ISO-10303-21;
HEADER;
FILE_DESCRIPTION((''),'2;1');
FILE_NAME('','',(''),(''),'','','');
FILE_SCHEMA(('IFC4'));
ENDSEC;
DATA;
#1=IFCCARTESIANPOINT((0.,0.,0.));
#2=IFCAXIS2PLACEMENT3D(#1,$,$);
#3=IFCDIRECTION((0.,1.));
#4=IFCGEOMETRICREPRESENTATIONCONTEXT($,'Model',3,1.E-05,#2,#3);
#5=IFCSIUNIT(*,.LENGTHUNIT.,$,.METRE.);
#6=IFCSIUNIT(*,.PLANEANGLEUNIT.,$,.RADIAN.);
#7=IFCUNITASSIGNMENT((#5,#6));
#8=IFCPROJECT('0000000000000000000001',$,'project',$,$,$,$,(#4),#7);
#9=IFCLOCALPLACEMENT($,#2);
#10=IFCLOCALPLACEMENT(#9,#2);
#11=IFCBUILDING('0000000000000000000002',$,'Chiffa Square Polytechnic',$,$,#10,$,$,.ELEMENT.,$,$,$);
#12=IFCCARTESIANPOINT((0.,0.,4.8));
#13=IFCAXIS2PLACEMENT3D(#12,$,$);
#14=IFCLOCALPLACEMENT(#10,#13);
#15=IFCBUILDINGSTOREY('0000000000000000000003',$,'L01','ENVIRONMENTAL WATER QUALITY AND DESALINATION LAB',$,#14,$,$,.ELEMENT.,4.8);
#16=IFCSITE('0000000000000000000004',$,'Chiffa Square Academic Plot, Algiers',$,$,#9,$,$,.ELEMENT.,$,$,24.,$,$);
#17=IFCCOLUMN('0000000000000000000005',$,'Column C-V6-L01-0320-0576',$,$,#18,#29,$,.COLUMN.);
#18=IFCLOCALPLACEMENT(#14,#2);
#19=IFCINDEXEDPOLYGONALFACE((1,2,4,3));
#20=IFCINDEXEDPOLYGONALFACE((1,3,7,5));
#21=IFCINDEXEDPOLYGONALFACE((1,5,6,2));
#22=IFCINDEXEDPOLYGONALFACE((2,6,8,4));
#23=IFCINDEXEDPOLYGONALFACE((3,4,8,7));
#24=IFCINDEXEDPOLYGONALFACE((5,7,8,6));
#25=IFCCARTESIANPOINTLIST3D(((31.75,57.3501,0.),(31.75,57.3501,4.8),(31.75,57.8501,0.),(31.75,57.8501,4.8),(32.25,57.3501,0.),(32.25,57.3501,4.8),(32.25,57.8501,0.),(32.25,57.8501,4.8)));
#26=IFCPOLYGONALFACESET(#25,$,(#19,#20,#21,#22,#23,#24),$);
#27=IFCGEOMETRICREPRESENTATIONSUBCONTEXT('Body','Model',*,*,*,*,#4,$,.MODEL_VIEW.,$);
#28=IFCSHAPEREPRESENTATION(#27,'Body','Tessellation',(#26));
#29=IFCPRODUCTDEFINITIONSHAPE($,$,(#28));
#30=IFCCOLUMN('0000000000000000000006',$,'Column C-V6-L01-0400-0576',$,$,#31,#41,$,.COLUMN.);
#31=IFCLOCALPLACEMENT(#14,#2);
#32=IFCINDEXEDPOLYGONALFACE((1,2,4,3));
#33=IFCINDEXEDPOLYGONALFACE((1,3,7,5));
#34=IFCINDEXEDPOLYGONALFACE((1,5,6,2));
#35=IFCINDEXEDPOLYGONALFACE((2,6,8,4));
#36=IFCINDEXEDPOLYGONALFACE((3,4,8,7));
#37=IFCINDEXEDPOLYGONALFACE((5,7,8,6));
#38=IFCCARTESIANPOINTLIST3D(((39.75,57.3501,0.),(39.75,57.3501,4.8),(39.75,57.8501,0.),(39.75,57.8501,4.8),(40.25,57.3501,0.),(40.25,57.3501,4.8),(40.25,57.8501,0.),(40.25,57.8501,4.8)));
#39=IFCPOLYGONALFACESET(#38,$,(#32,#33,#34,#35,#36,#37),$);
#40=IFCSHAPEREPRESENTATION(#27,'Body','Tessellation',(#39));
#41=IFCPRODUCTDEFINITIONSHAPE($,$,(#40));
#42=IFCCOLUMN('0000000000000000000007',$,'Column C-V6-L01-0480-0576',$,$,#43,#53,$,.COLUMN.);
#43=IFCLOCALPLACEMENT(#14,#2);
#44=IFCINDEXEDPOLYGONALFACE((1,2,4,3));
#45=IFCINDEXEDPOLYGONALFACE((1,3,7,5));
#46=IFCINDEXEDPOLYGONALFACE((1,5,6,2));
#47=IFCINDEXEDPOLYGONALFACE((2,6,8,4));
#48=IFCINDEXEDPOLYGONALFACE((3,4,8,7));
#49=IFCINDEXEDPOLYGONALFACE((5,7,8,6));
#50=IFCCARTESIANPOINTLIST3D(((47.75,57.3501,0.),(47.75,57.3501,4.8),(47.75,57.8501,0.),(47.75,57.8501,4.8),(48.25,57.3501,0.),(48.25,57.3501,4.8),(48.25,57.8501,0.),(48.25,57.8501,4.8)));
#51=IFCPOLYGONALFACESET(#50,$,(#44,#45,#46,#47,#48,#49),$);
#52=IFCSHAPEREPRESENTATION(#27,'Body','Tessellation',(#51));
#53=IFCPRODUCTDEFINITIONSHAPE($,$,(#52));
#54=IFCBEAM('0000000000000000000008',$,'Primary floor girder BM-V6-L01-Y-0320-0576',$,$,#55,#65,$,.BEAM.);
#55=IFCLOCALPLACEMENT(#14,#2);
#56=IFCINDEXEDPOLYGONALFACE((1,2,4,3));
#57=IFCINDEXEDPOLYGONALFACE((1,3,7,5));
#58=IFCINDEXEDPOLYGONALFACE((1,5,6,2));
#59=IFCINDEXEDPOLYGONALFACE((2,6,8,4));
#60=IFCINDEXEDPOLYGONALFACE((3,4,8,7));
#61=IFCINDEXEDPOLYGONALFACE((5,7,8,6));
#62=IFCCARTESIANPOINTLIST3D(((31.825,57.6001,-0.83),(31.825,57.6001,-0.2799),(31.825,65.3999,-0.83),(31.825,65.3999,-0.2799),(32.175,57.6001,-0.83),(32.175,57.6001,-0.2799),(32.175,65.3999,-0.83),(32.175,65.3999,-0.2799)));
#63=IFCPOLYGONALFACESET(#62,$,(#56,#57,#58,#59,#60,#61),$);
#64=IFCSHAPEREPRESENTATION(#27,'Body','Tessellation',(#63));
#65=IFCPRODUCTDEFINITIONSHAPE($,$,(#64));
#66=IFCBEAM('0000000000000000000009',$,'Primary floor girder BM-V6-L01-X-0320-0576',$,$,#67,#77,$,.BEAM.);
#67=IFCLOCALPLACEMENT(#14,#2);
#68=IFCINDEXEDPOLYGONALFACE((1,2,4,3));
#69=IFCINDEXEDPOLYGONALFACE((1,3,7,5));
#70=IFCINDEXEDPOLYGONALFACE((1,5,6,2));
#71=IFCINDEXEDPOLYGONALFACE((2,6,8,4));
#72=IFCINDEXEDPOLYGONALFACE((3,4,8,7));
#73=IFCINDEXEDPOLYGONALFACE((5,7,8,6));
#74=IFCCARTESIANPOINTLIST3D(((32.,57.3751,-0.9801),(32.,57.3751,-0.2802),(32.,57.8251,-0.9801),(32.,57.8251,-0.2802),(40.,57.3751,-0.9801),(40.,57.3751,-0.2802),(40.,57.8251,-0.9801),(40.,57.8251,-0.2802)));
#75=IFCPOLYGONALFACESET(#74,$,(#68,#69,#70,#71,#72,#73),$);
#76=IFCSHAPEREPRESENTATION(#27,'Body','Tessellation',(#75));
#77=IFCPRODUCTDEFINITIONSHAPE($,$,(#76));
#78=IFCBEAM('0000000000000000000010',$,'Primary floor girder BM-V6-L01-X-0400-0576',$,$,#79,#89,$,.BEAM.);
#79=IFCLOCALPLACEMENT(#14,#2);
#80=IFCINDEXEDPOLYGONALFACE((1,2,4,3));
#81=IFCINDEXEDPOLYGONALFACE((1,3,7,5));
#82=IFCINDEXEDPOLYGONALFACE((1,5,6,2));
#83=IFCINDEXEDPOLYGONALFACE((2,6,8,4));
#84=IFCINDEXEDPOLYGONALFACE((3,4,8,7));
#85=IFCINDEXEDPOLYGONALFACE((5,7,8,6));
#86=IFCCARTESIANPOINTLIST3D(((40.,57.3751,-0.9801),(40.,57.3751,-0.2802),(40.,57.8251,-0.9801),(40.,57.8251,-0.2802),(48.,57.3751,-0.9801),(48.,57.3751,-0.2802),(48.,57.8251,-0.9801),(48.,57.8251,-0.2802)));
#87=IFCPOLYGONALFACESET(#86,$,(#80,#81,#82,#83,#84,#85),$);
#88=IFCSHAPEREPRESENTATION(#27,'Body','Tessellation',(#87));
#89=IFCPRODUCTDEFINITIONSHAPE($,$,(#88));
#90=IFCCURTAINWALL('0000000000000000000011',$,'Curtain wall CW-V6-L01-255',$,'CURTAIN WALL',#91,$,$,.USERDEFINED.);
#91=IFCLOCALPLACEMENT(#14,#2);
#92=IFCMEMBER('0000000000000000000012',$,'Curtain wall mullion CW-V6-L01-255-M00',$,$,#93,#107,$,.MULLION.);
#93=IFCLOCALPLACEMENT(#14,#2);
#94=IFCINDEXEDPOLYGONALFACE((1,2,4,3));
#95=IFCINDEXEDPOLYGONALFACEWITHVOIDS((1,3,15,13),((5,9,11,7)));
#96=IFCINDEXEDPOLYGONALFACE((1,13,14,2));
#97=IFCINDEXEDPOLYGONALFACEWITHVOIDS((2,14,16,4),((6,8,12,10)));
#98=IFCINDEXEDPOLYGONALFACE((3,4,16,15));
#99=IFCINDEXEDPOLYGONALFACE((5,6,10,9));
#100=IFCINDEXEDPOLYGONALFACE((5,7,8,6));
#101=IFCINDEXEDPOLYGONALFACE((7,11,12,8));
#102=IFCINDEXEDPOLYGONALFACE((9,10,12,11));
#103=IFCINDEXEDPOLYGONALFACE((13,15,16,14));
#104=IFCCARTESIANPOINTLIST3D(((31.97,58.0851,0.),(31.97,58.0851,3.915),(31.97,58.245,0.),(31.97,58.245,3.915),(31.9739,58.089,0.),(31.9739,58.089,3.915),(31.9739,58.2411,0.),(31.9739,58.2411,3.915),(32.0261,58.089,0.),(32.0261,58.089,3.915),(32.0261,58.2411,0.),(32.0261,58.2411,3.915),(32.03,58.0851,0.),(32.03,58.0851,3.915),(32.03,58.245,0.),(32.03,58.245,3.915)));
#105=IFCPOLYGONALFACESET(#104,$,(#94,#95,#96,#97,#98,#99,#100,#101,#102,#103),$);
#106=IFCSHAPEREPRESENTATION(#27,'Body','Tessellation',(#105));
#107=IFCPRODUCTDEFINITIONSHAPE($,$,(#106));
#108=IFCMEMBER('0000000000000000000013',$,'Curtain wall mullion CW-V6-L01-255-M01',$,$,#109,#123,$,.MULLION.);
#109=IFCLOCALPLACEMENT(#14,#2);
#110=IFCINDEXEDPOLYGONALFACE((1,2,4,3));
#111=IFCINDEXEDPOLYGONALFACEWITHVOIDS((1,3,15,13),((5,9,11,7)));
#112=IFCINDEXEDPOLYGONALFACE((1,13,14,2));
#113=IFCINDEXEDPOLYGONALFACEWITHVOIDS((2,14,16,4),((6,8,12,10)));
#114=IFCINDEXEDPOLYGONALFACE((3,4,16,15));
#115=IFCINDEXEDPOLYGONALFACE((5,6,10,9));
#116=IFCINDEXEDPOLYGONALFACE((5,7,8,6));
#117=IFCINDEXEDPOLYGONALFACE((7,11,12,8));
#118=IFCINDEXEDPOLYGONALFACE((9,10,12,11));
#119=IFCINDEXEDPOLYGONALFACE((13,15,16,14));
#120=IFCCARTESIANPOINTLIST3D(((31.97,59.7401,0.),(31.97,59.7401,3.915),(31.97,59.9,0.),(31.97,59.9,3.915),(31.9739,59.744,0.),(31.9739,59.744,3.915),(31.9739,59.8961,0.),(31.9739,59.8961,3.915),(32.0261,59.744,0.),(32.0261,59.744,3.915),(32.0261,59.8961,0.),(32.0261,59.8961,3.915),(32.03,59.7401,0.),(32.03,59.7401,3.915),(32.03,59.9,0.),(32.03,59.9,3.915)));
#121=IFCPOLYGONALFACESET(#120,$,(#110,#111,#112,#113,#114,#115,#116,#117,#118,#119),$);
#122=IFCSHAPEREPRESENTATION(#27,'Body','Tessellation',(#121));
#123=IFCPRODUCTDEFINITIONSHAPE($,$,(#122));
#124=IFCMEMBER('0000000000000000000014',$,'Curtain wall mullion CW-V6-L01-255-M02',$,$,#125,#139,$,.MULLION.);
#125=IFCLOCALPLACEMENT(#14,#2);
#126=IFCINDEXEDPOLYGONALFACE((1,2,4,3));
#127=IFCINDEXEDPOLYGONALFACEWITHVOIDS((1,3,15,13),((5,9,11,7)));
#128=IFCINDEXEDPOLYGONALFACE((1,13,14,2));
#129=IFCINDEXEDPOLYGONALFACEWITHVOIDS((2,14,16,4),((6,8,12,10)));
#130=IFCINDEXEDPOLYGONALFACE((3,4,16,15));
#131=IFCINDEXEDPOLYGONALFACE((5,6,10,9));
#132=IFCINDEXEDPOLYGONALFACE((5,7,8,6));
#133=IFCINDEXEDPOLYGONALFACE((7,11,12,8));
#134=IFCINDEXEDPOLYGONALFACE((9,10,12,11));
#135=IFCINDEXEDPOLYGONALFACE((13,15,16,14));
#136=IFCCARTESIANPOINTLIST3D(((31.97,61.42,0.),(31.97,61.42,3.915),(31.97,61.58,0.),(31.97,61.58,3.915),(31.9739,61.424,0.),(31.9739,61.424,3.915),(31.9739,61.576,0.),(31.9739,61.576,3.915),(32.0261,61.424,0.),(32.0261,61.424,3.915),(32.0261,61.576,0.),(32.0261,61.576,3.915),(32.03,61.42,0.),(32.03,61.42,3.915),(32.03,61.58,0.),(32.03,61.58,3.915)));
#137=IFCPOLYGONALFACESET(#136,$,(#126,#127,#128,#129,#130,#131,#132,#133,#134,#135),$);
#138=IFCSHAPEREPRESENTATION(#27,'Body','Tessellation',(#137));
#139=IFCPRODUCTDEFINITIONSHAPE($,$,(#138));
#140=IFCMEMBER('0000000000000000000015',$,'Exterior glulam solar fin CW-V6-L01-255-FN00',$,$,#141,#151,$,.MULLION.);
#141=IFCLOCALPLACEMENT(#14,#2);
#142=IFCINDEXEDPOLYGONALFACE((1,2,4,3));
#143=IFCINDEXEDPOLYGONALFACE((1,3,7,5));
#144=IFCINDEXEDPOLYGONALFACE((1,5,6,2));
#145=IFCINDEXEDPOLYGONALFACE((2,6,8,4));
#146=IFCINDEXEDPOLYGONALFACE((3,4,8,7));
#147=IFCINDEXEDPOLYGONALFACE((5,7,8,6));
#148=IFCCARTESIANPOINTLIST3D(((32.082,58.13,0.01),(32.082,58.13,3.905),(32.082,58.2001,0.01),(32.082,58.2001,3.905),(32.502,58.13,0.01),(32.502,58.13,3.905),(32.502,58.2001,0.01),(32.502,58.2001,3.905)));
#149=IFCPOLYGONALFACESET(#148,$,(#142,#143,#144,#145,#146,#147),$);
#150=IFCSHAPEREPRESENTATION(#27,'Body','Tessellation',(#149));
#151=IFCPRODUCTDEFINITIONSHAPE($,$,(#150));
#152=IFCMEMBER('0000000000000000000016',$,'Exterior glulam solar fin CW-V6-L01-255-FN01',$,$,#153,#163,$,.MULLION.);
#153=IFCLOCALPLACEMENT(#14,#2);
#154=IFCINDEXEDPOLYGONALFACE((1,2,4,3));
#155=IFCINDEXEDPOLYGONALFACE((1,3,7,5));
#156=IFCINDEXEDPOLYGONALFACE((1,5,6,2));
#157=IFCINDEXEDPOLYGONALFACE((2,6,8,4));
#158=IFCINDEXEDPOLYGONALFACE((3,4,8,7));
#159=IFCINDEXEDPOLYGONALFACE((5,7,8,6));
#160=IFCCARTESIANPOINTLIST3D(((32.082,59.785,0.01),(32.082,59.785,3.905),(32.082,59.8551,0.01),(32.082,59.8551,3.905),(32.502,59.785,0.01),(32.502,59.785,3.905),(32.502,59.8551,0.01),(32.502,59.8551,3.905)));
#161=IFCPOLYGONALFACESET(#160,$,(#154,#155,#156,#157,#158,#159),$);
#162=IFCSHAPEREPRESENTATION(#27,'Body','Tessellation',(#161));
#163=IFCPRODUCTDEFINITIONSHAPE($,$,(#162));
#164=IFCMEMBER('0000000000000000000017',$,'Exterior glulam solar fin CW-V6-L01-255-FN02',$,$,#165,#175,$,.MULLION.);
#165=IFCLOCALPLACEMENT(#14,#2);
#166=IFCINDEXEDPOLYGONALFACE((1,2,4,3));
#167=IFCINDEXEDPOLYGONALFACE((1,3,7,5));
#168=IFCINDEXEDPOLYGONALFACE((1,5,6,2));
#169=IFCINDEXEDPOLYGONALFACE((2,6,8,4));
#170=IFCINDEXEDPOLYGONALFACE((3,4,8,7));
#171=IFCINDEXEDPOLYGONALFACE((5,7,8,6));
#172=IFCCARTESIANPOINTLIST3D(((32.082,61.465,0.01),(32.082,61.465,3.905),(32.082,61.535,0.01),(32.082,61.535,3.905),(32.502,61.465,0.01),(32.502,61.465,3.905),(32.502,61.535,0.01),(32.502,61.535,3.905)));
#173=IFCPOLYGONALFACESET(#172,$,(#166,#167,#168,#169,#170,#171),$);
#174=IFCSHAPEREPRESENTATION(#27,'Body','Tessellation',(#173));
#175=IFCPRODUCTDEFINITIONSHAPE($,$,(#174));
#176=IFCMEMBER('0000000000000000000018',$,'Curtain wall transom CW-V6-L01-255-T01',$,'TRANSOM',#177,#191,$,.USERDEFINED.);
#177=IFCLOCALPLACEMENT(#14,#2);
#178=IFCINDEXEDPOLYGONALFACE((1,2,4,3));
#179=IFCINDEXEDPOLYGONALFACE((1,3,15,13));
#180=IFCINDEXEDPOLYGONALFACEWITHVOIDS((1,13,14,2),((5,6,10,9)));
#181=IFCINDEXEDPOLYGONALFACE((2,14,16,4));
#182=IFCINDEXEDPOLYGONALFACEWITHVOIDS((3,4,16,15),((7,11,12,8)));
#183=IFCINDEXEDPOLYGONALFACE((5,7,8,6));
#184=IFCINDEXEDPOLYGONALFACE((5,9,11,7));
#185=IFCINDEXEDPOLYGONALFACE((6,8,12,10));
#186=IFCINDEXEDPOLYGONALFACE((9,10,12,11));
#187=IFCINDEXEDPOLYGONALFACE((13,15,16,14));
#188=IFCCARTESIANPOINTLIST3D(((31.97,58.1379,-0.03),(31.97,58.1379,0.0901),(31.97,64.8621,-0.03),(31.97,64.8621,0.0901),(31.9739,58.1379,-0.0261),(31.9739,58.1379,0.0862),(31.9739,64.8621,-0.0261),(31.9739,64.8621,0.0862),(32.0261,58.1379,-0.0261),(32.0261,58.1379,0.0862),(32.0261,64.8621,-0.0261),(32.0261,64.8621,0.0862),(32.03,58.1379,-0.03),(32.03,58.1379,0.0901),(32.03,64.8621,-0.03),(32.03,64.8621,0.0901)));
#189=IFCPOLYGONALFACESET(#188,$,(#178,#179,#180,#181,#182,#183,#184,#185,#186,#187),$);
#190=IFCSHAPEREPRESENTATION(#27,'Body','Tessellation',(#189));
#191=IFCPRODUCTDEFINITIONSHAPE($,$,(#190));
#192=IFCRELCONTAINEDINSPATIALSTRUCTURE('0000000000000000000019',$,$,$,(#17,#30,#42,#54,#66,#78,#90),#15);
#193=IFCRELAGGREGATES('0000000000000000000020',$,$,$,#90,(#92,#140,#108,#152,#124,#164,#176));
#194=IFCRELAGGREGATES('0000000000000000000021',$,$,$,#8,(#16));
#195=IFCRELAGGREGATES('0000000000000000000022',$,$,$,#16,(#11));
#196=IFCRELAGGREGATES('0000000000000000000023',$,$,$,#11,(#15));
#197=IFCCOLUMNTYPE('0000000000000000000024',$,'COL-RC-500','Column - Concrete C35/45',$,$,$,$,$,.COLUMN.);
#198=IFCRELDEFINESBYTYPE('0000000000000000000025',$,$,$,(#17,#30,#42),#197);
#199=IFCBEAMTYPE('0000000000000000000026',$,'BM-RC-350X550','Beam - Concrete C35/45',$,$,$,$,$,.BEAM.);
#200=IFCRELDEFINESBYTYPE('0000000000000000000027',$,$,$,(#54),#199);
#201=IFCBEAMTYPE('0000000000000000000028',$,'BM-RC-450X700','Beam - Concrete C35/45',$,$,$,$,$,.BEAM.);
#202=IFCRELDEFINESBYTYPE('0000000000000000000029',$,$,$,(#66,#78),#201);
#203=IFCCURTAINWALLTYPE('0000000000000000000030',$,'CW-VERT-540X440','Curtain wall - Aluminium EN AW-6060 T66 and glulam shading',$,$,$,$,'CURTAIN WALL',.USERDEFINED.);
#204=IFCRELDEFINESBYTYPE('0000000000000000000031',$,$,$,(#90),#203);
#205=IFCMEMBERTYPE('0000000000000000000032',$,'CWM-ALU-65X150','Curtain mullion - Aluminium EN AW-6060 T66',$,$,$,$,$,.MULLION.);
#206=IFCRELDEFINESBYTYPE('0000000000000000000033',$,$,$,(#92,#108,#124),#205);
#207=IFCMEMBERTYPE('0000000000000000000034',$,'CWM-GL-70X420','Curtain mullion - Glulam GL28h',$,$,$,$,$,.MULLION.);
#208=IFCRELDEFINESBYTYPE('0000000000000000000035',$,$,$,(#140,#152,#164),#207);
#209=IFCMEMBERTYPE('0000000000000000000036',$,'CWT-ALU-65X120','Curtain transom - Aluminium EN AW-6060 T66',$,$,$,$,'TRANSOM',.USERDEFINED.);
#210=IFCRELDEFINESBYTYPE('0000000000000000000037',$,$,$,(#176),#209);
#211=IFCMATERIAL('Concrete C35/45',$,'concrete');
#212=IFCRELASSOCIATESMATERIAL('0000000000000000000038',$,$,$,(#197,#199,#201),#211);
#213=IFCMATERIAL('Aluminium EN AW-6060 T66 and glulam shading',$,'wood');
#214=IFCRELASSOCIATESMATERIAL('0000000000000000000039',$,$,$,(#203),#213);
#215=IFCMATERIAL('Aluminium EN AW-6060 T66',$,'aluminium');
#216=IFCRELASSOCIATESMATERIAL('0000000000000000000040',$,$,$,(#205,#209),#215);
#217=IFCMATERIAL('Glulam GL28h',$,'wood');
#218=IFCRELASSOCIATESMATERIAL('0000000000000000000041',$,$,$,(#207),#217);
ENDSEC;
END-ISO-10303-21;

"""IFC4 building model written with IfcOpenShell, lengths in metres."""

from ifc_helpers import new_model, si_unit, direction, frame, origin, origin_2d, place, context, subcontext, project, spatial, rectangle, hollow_rectangle, extrude, material, material_profile, profile_set, type_object, element, aggregate, save


model = new_model("IFC4")

# Units and contexts
model_context = context("Model", 3, precision=1e-05, world=origin(), true_north=direction((0.0, 1.0)))
body_context = subcontext(model_context, "Body", "Model", "MODEL_VIEW")
ifc_project = project(units=[si_unit("LENGTHUNIT", "METRE"), si_unit("PLANEANGLEUNIT", "RADIAN")], contexts=[model_context])

# Site, building, storey
site_placement = place(None, origin())
site = spatial("IfcSite", under=ifc_project, at=site_placement, Name="Chiffa Square Academic Plot, Algiers", CompositionType="ELEMENT", RefElevation=24.0)
building_placement = place(site_placement, origin())
building = spatial("IfcBuilding", under=site, at=building_placement, Name="Chiffa Square Polytechnic", CompositionType="ELEMENT")
storey_placement = place(building_placement, frame((0.0, 0.0, 4.8)))
storey = spatial("IfcBuildingStorey", under=building, at=storey_placement, Name="L01", Description="ENVIRONMENTAL WATER QUALITY AND DESALINATION LAB", CompositionType="ELEMENT", Elevation=4.8)

# Columns
ifc_material_1 = material(Name="Concrete C35/45", Category="concrete")
ifc_material_profile_1 = material_profile(ifc_material_1, rectangle(XDim=0.5, YDim=0.5, at=origin_2d()), Name="RC 500x500")
ifc_profile_set_1 = profile_set([ifc_material_profile_1], Name="Concrete C35/45")
column_type = type_object("IfcColumnType", Name="COL-RC-500", Description="Column - Concrete C35/45", PredefinedType="COLUMN", material=ifc_profile_set_1)
for number, where, z_axis, x_axis, name in (
    (1, (32.0, 57.6001, 0.0), (0.0, 0.0, 1.0), (1.0, 0.0, 0.0), "Column C-V6-L01-0320-0576"),
    (2, (40.0, 57.6001, 0.0), (0.0, 0.0, 1.0), (1.0, 0.0, 0.0), "Column C-V6-L01-0400-0576"),
    (3, (48.0, 57.6001, 0.0), (0.0, 0.0, 1.0), (1.0, 0.0, 0.0), "Column C-V6-L01-0480-0576"),
):
    element("IfcColumn", number, at=place(storey_placement, frame(where, z_axis=z_axis, x_axis=x_axis)), inside=storey, type_object=column_type, Name=name, PredefinedType="COLUMN", context=body_context, shape_type="SweptSolid", body=[
        extrude(rectangle(XDim=0.5, YDim=0.5, at=origin_2d()), origin(), (0.0, 0.0, 1.0), 4.8),
    ])

# Beams
ifc_material_profile_2 = material_profile(ifc_material_1, rectangle(XDim=0.3501, YDim=0.55, at=origin_2d()), Name="RC 350x550")
ifc_profile_set_2 = profile_set([ifc_material_profile_2], Name="Concrete C35/45")
beam_type_1 = type_object("IfcBeamType", Name="BM-RC-350X550", Description="Beam - Concrete C35/45", PredefinedType="BEAM", material=ifc_profile_set_2)
beam_placement = place(storey_placement, frame((32.0, 57.6001, -0.5549), z_axis=(0.0, 1.0, 0.0), x_axis=(-1.0, 0.0, 0.0)))
element("IfcBeam", 4, at=beam_placement, inside=storey, type_object=beam_type_1, Name="Primary floor girder BM-V6-L01-Y-0320-0576", PredefinedType="BEAM", context=body_context, shape_type="SweptSolid", body=[
    extrude(rectangle(XDim=0.3501, YDim=0.55, at=origin_2d()), origin(), (0.0, 0.0, 1.0), 7.7998),
])
ifc_material_profile_3 = material_profile(ifc_material_1, rectangle(XDim=0.45, YDim=0.7, at=origin_2d()), Name="RC 450x700")
ifc_profile_set_3 = profile_set([ifc_material_profile_3], Name="Concrete C35/45")
beam_type_2 = type_object("IfcBeamType", Name="BM-RC-450X700", Description="Beam - Concrete C35/45", PredefinedType="BEAM", material=ifc_profile_set_3)
for number, where, z_axis, x_axis, name in (
    (5, (32.0, 57.6001, -0.6301), (1.0, 0.0, 0.0), (0.0, 1.0, 0.0), "Primary floor girder BM-V6-L01-X-0320-0576"),
    (6, (40.0, 57.6001, -0.6301), (1.0, 0.0, 0.0), (0.0, 1.0, 0.0), "Primary floor girder BM-V6-L01-X-0400-0576"),
):
    element("IfcBeam", number, at=place(storey_placement, frame(where, z_axis=z_axis, x_axis=x_axis)), inside=storey, type_object=beam_type_2, Name=name, PredefinedType="BEAM", context=body_context, shape_type="SweptSolid", body=[
        extrude(rectangle(XDim=0.45, YDim=0.7, at=origin_2d()), origin(), (0.0, 0.0, 1.0), 8.0),
    ])

# Curtain wall, members
ifc_material_2 = material(Name="Aluminium EN AW-6060 T66 and glulam shading", Category="wood")
curtain_wall_type = type_object("IfcCurtainWallType", Name="CW-VERT-540X440", Description="Curtain wall - Aluminium EN AW-6060 T66 and glulam shading", ElementType="CURTAIN WALL", PredefinedType="USERDEFINED", material=ifc_material_2)
curtain_wall_placement = place(storey_placement, origin())
curtain_wall = element("IfcCurtainWall", 7, at=curtain_wall_placement, inside=storey, type_object=curtain_wall_type, Name="Curtain wall CW-V6-L01-255", ObjectType="CURTAIN WALL", PredefinedType="USERDEFINED")
ifc_material_3 = material(Name="Aluminium EN AW-6060 T66", Category="aluminium")
ifc_material_profile_4 = material_profile(ifc_material_3, hollow_rectangle(XDim=0.0601, YDim=0.1599, WallThickness=0.0039, at=origin_2d()), Name="ALU 60x160x4")
ifc_profile_set_4 = profile_set([ifc_material_profile_4], Name="Aluminium EN AW-6060 T66")
member_type_1 = type_object("IfcMemberType", Name="CWM-ALU-65X150", Description="Curtain mullion - Aluminium EN AW-6060 T66", PredefinedType="MULLION", material=ifc_profile_set_4)
member_1_placement = place(storey_placement, frame((32.0, 58.165, 0.0), z_axis=(0.0, 0.0, 1.0), x_axis=(1.0, 0.0, 0.0)))
member_1 = element("IfcMember", 8, at=member_1_placement, type_object=member_type_1, Name="Curtain wall mullion CW-V6-L01-255-M00", PredefinedType="MULLION", context=body_context, shape_type="SweptSolid", body=[
    extrude(hollow_rectangle(XDim=0.0601, YDim=0.1599, WallThickness=0.0039, at=origin_2d()), origin(), (0.0, 0.0, 1.0), 3.915),
])
member_2_placement = place(storey_placement, frame((32.0, 59.8201, 0.0), z_axis=(0.0, 0.0, 1.0), x_axis=(1.0, 0.0, 0.0)))
member_2 = element("IfcMember", 9, at=member_2_placement, type_object=member_type_1, Name="Curtain wall mullion CW-V6-L01-255-M01", PredefinedType="MULLION", context=body_context, shape_type="SweptSolid", body=[
    extrude(hollow_rectangle(XDim=0.0601, YDim=0.1599, WallThickness=0.0039, at=origin_2d()), origin(), (0.0, 0.0, 1.0), 3.915),
])
member_3_placement = place(storey_placement, frame((32.0, 61.5, 0.0), z_axis=(0.0, 0.0, 1.0), x_axis=(1.0, 0.0, 0.0)))
member_3 = element("IfcMember", 10, at=member_3_placement, type_object=member_type_1, Name="Curtain wall mullion CW-V6-L01-255-M02", PredefinedType="MULLION", context=body_context, shape_type="SweptSolid", body=[
    extrude(hollow_rectangle(XDim=0.0601, YDim=0.1599, WallThickness=0.0039, at=origin_2d()), origin(), (0.0, 0.0, 1.0), 3.915),
])
ifc_material_4 = material(Name="Glulam GL28h", Category="wood")
ifc_material_profile_5 = material_profile(ifc_material_4, rectangle(XDim=0.0701, YDim=0.4199, at=origin_2d()), Name="GL28h 70x420")
ifc_profile_set_5 = profile_set([ifc_material_profile_5], Name="Glulam GL28h")
member_type_2 = type_object("IfcMemberType", Name="CWM-GL-70X420", Description="Curtain mullion - Glulam GL28h", PredefinedType="MULLION", material=ifc_profile_set_5)
member_4_placement = place(storey_placement, frame((32.292, 58.165, 0.01), z_axis=(0.0, 0.0, 1.0), x_axis=(0.0, 1.0, 0.0)))
member_4 = element("IfcMember", 11, at=member_4_placement, type_object=member_type_2, Name="Exterior glulam solar fin CW-V6-L01-255-FN00", PredefinedType="MULLION", context=body_context, shape_type="SweptSolid", body=[
    extrude(rectangle(XDim=0.0701, YDim=0.4199, at=origin_2d()), origin(), (0.0, 0.0, 1.0), 3.895),
])
member_5_placement = place(storey_placement, frame((32.292, 59.8201, 0.01), z_axis=(0.0, 0.0, 1.0), x_axis=(0.0, 1.0, 0.0)))
member_5 = element("IfcMember", 12, at=member_5_placement, type_object=member_type_2, Name="Exterior glulam solar fin CW-V6-L01-255-FN01", PredefinedType="MULLION", context=body_context, shape_type="SweptSolid", body=[
    extrude(rectangle(XDim=0.0701, YDim=0.4199, at=origin_2d()), origin(), (0.0, 0.0, 1.0), 3.895),
])
member_6_placement = place(storey_placement, frame((32.292, 61.5, 0.01), z_axis=(0.0, 0.0, 1.0), x_axis=(0.0, 1.0, 0.0)))
member_6 = element("IfcMember", 13, at=member_6_placement, type_object=member_type_2, Name="Exterior glulam solar fin CW-V6-L01-255-FN02", PredefinedType="MULLION", context=body_context, shape_type="SweptSolid", body=[
    extrude(rectangle(XDim=0.0701, YDim=0.4199, at=origin_2d()), origin(), (0.0, 0.0, 1.0), 3.895),
])
ifc_material_profile_6 = material_profile(ifc_material_3, hollow_rectangle(XDim=0.0601, YDim=0.1201, WallThickness=0.0039, at=origin_2d()), Name="ALU 60x120x4")
ifc_profile_set_6 = profile_set([ifc_material_profile_6], Name="Aluminium EN AW-6060 T66")
member_type_3 = type_object("IfcMemberType", Name="CWT-ALU-65X120", Description="Curtain transom - Aluminium EN AW-6060 T66", ElementType="TRANSOM", PredefinedType="USERDEFINED", material=ifc_profile_set_6)
member_7_placement = place(storey_placement, frame((32.0, 58.1379, 0.03), z_axis=(0.0, 1.0, 0.0), x_axis=(-1.0, 0.0, 0.0)))
member_7 = element("IfcMember", 14, at=member_7_placement, type_object=member_type_3, Name="Curtain wall transom CW-V6-L01-255-T01", ObjectType="TRANSOM", PredefinedType="USERDEFINED", context=body_context, shape_type="SweptSolid", body=[
    extrude(hollow_rectangle(XDim=0.0601, YDim=0.1201, WallThickness=0.0039, at=origin_2d()), origin(), (0.0, 0.0, 1.0), 6.7241),
])

aggregate(curtain_wall, [member_1, member_4, member_2, member_5, member_3, member_6, member_7])

save(model, "model.ifc")
